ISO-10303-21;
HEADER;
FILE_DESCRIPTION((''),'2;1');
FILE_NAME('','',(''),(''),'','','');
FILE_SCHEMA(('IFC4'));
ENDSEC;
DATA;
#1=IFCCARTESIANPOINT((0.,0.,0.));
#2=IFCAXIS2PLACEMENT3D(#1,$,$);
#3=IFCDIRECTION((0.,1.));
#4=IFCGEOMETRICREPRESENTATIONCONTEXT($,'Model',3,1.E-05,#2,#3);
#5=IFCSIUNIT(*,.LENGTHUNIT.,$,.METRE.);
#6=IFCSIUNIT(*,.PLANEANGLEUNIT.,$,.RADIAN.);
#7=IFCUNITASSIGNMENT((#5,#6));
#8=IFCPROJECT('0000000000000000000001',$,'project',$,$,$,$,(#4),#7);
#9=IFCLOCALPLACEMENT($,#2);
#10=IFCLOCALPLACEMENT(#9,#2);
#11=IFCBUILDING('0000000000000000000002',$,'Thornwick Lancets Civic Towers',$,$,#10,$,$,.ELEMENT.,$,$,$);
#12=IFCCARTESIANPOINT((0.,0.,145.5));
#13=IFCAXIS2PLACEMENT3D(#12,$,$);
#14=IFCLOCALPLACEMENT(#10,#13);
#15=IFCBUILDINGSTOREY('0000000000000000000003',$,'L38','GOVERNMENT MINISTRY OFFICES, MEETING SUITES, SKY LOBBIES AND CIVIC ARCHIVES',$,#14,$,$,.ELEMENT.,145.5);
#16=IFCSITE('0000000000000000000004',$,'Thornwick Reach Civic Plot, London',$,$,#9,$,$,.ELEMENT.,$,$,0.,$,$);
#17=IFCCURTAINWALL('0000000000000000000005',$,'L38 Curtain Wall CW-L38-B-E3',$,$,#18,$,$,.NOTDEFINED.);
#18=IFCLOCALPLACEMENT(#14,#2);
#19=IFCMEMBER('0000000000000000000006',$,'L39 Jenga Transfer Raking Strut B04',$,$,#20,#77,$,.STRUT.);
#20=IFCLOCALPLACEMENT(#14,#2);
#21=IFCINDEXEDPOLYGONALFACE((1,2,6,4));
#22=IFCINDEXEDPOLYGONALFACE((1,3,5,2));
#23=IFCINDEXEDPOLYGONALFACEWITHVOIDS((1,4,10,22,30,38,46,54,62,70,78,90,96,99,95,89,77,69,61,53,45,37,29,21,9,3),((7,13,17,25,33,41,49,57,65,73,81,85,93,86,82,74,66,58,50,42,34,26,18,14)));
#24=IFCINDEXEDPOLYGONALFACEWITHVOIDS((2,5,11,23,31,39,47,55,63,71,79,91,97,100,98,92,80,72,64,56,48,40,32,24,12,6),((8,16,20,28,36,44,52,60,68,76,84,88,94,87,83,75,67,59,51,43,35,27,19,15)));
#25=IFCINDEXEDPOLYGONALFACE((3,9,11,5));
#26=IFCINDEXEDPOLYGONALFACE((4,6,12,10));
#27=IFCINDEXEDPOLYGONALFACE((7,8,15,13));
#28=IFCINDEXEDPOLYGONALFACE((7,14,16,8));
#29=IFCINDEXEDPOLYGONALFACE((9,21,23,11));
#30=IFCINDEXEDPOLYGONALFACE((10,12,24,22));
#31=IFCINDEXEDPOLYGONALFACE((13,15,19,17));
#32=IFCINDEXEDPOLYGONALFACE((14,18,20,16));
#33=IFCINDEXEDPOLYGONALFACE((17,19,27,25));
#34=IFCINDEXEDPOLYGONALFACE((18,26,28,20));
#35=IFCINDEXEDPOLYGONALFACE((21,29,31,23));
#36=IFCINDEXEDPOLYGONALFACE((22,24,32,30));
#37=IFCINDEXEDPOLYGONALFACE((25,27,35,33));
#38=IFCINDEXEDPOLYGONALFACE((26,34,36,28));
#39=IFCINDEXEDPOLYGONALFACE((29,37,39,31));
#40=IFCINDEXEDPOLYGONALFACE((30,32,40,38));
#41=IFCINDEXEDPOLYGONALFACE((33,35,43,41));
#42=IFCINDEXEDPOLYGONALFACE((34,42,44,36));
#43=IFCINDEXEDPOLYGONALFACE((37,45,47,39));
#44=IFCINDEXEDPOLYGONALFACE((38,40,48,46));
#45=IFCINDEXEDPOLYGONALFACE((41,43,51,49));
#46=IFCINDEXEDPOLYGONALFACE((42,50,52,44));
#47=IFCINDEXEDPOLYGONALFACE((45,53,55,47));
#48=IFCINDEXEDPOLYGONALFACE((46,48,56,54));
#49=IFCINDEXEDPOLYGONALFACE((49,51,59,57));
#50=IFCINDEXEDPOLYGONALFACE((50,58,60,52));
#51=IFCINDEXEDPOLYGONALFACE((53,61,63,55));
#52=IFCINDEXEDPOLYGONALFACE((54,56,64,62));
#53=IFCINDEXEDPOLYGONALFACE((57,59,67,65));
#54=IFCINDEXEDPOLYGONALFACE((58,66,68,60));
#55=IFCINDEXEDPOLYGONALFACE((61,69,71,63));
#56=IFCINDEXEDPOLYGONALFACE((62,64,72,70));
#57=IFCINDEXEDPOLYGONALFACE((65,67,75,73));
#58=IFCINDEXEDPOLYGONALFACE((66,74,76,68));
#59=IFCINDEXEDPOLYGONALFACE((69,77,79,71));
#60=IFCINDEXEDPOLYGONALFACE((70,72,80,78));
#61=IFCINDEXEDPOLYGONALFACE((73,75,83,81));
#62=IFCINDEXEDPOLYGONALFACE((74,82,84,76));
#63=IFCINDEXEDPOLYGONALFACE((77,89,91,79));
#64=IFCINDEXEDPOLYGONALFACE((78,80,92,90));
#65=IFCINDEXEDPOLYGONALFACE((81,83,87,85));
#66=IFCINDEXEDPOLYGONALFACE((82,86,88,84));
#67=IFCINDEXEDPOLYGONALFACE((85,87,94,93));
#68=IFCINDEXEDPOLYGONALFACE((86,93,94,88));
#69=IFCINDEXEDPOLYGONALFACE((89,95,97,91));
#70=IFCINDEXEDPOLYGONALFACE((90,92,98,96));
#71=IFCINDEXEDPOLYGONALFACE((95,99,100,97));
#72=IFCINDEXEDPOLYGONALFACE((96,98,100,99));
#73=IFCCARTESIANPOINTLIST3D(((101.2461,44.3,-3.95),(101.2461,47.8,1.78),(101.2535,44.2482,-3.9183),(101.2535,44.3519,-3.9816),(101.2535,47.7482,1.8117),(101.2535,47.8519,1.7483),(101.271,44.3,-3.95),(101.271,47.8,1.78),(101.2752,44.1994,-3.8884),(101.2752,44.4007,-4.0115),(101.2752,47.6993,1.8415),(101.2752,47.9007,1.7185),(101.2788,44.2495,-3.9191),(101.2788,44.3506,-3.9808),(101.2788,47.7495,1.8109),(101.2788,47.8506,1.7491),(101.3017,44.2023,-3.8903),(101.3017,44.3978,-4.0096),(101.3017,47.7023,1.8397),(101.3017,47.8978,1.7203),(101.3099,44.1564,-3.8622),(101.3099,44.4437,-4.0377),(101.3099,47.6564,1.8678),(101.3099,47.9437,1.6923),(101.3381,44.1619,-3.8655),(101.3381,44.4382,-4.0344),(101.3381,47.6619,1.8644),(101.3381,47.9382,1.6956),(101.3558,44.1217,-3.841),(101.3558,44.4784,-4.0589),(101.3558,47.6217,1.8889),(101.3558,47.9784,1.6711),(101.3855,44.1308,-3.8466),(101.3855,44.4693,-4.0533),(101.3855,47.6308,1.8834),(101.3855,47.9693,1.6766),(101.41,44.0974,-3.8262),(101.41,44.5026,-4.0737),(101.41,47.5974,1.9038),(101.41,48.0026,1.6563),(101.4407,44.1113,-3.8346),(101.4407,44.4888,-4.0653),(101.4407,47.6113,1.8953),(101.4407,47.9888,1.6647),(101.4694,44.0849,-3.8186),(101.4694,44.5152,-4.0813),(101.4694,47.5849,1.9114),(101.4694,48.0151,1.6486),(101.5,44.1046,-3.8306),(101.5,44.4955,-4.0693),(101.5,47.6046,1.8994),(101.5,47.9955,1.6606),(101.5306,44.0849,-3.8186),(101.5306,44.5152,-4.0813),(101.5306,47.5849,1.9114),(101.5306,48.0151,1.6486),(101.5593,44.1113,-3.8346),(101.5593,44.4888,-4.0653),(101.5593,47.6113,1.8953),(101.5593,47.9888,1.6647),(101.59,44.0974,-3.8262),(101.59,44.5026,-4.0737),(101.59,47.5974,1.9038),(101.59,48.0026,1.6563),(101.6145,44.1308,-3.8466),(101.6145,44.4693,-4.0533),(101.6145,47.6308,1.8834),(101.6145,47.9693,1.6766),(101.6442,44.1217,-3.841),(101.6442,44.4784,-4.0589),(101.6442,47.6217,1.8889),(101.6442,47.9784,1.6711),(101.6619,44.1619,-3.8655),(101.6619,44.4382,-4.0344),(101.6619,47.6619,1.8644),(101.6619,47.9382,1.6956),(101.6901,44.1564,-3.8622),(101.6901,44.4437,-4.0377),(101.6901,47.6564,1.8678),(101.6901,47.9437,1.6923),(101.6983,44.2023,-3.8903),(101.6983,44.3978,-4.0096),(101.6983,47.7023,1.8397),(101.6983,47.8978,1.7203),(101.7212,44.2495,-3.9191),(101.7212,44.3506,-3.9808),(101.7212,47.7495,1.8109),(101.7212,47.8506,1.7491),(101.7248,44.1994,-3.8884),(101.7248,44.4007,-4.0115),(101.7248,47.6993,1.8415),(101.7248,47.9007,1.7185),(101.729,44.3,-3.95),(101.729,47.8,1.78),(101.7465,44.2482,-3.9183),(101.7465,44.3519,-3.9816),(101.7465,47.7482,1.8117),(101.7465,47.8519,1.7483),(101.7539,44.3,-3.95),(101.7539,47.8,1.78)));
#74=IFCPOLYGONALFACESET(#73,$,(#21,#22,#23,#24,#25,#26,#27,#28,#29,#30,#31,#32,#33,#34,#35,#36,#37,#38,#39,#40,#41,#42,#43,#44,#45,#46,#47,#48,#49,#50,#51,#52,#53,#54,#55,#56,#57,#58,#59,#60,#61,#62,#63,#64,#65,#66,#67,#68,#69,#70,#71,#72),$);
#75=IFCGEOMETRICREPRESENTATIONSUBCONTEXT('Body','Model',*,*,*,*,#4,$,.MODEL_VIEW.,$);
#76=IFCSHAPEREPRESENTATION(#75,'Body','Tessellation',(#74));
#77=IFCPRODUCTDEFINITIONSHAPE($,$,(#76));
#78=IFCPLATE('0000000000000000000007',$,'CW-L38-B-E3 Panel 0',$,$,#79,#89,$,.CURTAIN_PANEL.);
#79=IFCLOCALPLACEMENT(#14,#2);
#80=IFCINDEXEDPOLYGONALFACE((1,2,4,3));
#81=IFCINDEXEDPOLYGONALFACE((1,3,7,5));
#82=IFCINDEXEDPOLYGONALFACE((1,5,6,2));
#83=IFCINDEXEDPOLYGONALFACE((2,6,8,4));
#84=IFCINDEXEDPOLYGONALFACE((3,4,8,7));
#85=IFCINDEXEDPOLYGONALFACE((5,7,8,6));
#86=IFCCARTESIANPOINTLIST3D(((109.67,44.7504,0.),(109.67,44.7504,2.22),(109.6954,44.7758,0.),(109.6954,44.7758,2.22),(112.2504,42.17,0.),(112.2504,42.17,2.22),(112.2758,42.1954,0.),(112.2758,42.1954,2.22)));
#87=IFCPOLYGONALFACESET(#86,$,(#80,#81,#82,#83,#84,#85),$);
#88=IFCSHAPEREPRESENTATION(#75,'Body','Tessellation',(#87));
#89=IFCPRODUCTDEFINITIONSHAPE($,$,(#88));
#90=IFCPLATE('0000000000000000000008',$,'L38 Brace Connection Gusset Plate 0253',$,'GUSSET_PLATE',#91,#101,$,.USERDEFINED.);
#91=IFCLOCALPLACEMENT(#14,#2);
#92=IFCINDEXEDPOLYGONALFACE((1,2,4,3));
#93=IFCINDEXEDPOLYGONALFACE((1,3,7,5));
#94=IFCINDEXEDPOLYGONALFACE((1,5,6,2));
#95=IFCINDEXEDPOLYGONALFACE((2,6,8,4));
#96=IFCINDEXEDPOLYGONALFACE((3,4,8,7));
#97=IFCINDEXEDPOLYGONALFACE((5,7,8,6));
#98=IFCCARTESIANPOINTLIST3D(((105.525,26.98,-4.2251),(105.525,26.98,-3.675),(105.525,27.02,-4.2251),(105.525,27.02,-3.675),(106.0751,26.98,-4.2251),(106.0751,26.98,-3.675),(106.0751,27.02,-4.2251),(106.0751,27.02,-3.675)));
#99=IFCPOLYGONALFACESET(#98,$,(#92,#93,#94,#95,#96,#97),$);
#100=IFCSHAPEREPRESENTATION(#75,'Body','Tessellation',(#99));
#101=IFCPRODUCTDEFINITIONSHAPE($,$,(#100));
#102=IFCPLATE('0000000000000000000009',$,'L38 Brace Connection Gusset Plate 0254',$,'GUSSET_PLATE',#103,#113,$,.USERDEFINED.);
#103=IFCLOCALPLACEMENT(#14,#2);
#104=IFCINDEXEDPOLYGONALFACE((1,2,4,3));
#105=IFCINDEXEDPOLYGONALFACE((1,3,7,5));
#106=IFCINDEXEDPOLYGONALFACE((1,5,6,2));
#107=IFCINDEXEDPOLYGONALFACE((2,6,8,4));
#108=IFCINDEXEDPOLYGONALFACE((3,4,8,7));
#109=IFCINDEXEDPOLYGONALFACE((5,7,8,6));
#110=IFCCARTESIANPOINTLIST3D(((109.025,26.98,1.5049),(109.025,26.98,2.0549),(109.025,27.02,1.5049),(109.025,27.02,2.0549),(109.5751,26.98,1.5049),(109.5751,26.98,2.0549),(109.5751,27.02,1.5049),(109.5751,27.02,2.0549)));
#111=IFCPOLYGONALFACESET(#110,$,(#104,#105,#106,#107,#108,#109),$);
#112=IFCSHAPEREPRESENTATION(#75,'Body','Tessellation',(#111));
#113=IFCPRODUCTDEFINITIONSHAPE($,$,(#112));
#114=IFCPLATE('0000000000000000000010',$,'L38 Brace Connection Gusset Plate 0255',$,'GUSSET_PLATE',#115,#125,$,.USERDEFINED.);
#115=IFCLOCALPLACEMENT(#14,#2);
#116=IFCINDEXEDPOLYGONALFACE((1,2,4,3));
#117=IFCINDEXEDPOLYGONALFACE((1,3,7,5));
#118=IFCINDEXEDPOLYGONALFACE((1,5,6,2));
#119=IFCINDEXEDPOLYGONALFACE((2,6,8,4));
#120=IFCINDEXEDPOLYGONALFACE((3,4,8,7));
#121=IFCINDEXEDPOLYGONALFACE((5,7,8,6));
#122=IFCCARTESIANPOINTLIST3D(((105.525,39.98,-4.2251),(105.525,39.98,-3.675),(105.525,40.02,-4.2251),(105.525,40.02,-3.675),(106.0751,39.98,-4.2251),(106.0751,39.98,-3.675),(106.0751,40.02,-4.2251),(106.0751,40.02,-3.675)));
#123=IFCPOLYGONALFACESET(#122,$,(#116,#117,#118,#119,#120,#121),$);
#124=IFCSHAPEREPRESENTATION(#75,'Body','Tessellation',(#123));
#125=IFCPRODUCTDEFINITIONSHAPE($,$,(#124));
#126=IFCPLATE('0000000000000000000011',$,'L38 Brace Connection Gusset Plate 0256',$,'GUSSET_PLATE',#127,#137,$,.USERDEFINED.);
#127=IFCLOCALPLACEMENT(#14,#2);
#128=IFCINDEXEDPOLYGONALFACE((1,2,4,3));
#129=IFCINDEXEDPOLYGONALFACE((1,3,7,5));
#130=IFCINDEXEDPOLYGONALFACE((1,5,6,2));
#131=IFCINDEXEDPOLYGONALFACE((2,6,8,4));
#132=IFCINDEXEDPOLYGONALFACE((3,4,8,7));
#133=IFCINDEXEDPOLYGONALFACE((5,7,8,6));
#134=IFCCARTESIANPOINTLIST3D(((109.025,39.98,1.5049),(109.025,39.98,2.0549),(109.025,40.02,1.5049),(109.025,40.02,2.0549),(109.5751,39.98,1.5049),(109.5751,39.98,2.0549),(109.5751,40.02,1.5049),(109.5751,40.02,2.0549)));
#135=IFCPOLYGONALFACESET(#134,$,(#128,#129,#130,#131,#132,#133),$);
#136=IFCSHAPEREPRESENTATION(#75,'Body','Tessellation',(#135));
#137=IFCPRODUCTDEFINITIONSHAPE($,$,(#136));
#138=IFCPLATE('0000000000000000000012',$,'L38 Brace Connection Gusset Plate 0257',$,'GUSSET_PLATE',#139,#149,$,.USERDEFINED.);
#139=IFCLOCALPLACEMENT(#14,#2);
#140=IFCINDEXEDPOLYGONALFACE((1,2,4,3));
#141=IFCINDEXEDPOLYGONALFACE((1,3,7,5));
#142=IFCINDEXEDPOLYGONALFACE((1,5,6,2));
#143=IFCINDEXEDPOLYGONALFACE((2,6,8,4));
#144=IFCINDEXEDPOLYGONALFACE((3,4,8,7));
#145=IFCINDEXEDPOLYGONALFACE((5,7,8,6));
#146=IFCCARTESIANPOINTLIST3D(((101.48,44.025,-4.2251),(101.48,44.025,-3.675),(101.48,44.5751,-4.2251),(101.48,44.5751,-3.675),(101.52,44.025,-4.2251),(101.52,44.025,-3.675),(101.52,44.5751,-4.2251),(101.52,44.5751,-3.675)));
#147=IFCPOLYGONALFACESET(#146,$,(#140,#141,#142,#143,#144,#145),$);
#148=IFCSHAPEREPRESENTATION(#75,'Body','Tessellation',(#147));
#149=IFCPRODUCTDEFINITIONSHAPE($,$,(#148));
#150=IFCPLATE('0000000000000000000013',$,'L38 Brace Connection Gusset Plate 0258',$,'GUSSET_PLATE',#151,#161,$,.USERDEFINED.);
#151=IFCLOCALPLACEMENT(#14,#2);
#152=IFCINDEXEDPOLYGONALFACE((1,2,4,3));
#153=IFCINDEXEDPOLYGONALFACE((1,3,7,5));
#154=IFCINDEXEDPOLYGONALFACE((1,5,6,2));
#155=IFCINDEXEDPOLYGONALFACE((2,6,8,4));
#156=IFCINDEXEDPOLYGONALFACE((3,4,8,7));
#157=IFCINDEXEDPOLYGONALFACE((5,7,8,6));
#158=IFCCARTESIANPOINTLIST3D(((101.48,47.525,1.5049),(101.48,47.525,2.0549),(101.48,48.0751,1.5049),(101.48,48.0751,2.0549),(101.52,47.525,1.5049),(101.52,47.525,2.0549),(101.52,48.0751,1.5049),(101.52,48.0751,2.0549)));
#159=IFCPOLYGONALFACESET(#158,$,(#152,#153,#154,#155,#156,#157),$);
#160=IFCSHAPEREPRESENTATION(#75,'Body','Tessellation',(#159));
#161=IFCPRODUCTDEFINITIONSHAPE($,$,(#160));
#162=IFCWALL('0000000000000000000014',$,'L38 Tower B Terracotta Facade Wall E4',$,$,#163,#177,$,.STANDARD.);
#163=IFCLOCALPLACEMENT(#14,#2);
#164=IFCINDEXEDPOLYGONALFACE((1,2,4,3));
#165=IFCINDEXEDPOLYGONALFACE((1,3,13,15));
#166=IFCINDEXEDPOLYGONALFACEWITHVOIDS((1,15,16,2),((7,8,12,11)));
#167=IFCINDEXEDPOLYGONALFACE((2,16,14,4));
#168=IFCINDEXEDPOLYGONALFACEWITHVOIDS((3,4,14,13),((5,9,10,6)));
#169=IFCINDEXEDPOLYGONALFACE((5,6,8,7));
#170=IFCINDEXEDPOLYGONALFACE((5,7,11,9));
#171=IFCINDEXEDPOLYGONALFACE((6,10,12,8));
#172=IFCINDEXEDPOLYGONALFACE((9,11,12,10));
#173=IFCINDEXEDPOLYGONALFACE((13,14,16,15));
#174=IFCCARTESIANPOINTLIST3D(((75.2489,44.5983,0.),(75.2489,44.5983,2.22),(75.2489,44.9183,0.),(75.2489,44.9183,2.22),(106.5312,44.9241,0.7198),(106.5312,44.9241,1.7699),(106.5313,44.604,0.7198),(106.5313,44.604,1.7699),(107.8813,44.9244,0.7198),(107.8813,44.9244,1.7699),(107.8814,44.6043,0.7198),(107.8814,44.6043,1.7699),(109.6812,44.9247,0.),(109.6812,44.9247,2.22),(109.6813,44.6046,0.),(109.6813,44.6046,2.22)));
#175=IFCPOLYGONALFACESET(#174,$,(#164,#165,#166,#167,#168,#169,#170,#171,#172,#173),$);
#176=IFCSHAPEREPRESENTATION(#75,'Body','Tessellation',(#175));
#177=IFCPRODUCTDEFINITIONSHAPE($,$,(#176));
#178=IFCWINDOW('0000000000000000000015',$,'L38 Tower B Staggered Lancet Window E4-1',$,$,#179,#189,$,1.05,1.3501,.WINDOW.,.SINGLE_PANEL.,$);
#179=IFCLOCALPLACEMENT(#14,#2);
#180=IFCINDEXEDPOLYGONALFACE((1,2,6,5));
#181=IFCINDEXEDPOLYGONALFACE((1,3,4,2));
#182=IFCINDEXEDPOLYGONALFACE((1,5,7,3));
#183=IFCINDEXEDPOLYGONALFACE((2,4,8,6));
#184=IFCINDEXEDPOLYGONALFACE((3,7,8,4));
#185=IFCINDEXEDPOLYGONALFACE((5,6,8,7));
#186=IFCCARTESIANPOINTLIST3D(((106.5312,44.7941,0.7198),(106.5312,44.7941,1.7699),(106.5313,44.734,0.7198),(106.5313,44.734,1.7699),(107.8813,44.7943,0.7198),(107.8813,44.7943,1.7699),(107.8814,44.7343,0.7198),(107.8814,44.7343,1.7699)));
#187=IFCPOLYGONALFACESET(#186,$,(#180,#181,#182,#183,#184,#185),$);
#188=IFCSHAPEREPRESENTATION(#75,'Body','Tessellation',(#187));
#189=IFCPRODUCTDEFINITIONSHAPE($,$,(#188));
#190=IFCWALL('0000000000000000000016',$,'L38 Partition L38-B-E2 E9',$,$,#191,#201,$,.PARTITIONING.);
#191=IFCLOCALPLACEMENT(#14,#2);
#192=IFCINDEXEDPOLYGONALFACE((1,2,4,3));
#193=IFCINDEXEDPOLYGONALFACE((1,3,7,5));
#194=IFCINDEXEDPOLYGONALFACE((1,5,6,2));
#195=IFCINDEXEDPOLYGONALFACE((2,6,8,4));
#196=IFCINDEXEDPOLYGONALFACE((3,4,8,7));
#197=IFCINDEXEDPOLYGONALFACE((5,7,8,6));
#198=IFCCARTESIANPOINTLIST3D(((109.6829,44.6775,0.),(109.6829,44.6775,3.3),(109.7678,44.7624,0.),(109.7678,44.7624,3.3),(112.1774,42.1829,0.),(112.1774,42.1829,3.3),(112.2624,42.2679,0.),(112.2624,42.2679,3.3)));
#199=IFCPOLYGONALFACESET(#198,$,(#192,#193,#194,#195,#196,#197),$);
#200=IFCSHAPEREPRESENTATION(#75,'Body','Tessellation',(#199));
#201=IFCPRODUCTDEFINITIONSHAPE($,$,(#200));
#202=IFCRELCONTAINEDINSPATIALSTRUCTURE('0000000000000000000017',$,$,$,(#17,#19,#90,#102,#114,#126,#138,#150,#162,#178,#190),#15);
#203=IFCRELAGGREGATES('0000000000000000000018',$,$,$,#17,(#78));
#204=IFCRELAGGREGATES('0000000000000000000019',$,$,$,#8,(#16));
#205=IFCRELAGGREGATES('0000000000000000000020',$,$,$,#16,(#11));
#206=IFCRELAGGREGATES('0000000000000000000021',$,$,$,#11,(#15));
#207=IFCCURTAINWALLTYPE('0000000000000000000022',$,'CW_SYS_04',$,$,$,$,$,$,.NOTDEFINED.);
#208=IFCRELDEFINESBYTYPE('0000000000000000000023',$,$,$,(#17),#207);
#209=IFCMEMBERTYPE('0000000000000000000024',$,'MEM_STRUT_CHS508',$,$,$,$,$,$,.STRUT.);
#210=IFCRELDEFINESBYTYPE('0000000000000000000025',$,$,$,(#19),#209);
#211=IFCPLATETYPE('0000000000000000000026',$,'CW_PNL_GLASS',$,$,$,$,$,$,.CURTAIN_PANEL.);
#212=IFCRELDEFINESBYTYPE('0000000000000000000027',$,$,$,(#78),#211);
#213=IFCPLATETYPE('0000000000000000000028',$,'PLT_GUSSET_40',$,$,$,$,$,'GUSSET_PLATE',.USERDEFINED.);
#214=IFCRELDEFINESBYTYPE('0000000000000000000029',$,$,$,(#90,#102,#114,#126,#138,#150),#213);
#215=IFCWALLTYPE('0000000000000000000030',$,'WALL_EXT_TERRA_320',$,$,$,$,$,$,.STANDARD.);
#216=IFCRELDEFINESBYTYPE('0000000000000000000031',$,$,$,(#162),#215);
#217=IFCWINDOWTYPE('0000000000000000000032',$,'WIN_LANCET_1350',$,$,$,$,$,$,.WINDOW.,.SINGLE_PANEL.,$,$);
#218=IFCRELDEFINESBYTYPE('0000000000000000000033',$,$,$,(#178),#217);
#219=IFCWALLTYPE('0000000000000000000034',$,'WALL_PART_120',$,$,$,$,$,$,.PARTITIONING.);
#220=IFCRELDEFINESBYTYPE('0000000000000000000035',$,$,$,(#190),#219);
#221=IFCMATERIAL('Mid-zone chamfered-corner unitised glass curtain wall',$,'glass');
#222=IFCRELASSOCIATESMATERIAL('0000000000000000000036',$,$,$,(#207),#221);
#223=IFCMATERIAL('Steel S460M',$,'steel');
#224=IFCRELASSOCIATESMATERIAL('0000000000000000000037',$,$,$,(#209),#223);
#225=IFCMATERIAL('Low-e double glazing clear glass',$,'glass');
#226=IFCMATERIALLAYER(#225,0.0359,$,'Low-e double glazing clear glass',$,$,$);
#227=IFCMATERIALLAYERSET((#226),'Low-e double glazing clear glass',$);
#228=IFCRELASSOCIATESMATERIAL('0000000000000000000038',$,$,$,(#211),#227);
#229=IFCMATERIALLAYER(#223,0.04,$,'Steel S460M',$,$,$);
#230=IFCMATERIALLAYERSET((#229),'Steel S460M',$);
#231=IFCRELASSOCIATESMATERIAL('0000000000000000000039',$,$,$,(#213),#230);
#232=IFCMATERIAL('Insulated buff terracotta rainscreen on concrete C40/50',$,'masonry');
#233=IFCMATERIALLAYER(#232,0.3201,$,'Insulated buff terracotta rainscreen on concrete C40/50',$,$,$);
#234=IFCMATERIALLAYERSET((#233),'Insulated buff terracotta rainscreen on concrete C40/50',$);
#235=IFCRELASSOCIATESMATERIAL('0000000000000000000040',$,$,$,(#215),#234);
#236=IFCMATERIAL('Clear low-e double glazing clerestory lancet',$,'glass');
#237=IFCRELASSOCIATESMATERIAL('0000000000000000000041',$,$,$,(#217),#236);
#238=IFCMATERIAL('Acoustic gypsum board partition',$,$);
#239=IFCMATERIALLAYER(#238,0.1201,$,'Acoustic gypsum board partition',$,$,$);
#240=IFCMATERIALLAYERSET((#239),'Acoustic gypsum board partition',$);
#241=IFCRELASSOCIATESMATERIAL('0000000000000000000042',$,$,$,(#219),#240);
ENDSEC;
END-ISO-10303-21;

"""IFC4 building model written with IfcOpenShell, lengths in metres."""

from ifc_helpers import new_model, si_unit, direction, frame, frame_2d, origin, origin_2d, place, context, subcontext, project, spatial, rectangle, hollow_circle, extrude, material, layer, layer_set, material_profile, profile_set, type_object, element, fill, aggregate, save


model = new_model("IFC4")

# Units and contexts
model_context = context("Model", 3, precision=1e-05, world=origin(), true_north=direction((0.0, 1.0)))
body_context = subcontext(model_context, "Body", "Model", "MODEL_VIEW")
ifc_project = project(units=[si_unit("LENGTHUNIT", "METRE"), si_unit("PLANEANGLEUNIT", "RADIAN")], contexts=[model_context])

# Site, building, storey
site_placement = place(None, origin())
site = spatial("IfcSite", under=ifc_project, at=site_placement, Name="Thornwick Reach Civic Plot, London", CompositionType="ELEMENT", RefElevation=0.0)
building_placement = place(site_placement, origin())
building = spatial("IfcBuilding", under=site, at=building_placement, Name="Thornwick Lancets Civic Towers", CompositionType="ELEMENT")
storey_placement = place(building_placement, frame((0.0, 0.0, 145.5)))
storey = spatial("IfcBuildingStorey", under=building, at=storey_placement, Name="L38", Description="GOVERNMENT MINISTRY OFFICES, MEETING SUITES, SKY LOBBIES AND CIVIC ARCHIVES", CompositionType="ELEMENT", Elevation=145.5)

# Shared definitions
ifc_material_1 = material(Name="Steel S460M", Category="steel")

# Curtain wall
ifc_material_2 = material(Name="Mid-zone chamfered-corner unitised glass curtain wall", Category="glass")
curtain_wall_type = type_object("IfcCurtainWallType", Name="CW_SYS_04", PredefinedType="NOTDEFINED", material=ifc_material_2)
curtain_wall_placement = place(storey_placement, origin())
curtain_wall = element("IfcCurtainWall", 1, at=curtain_wall_placement, inside=storey, type_object=curtain_wall_type, Name="L38 Curtain Wall CW-L38-B-E3", PredefinedType="NOTDEFINED")

# Member
ifc_material_profile_1 = material_profile(ifc_material_1, hollow_circle(Radius=0.2539, WallThickness=0.0249, at=origin_2d()), Name="CHS 508x25")
ifc_profile_set_1 = profile_set([ifc_material_profile_1], Name="Steel S460M")
member_type_1 = type_object("IfcMemberType", Name="MEM_STRUT_CHS508", PredefinedType="STRUT", material=ifc_profile_set_1)
for number, where, z_axis, x_axis, name in (
    (2, (101.5, 44.3, -3.95), (0.0, 0.521271, 0.853391), (-1.0, 0.0, 0.0), "L39 Jenga Transfer Raking Strut B04"),
):
    element("IfcMember", number, at=place(storey_placement, frame(where, z_axis=z_axis, x_axis=x_axis)), inside=storey, type_object=member_type_1, Name=name, PredefinedType="STRUT", context=body_context, shape_type="SweptSolid", body=[
        extrude(hollow_circle(Radius=0.2539, WallThickness=0.0249, at=origin_2d()), origin(), (0.0, 0.0, 1.0), 6.7144),
    ])

# Plate
ifc_material_3 = material(Name="Low-e double glazing clear glass", Category="glass")
ifc_layer_1 = layer(ifc_material_3, 0.0359, Name="Low-e double glazing clear glass")
ifc_layer_set_1 = layer_set([ifc_layer_1], Name="Low-e double glazing clear glass")
plate_type_1 = type_object("IfcPlateType", Name="CW_PNL_GLASS", PredefinedType="CURTAIN_PANEL", material=ifc_layer_set_1)
plate_placement = place(storey_placement, frame((110.9729, 43.4729, 0.0), z_axis=(0.0, 0.0, 1.0), x_axis=(-0.707107, 0.707107, 0.0)))
plate = element("IfcPlate", 3, at=plate_placement, type_object=plate_type_1, Name="CW-L38-B-E3 Panel 0", PredefinedType="CURTAIN_PANEL", context=body_context, shape_type="SweptSolid", body=[
    extrude(rectangle(XDim=3.6492, YDim=0.0359, at=origin_2d()), origin(), (0.0, 0.0, 1.0), 2.22),
])
aggregate(curtain_wall, [plate])

# Plates
ifc_layer_2 = layer(ifc_material_1, 0.04, Name="Steel S460M")
ifc_layer_set_2 = layer_set([ifc_layer_2], Name="Steel S460M")
plate_type_2 = type_object("IfcPlateType", Name="PLT_GUSSET_40", ElementType="GUSSET_PLATE", PredefinedType="USERDEFINED", material=ifc_layer_set_2)
for number, where, z_axis, x_axis, name in (
    (4, (105.8, 27.0, -4.2251), (0.0, 0.0, 1.0), (1.0, 0.0, 0.0), "L38 Brace Connection Gusset Plate 0253"),
    (5, (109.3, 27.0, 1.5049), (0.0, 0.0, 1.0), (1.0, 0.0, 0.0), "L38 Brace Connection Gusset Plate 0254"),
    (6, (105.8, 40.0, -4.2251), (0.0, 0.0, 1.0), (1.0, 0.0, 0.0), "L38 Brace Connection Gusset Plate 0255"),
    (7, (109.3, 40.0, 1.5049), (0.0, 0.0, 1.0), (1.0, 0.0, 0.0), "L38 Brace Connection Gusset Plate 0256"),
    (8, (101.5, 44.3, -4.2251), (0.0, 0.0, 1.0), (0.0, 1.0, 0.0), "L38 Brace Connection Gusset Plate 0257"),
    (9, (101.5, 47.8, 1.5049), (0.0, 0.0, 1.0), (0.0, 1.0, 0.0), "L38 Brace Connection Gusset Plate 0258"),
):
    element("IfcPlate", number, at=place(storey_placement, frame(where, z_axis=z_axis, x_axis=x_axis)), inside=storey, type_object=plate_type_2, Name=name, ObjectType="GUSSET_PLATE", PredefinedType="USERDEFINED", context=body_context, shape_type="SweptSolid", body=[
        extrude(rectangle(XDim=0.55, YDim=0.04, at=origin_2d()), origin(), (0.0, 0.0, 1.0), 0.55),
    ])

# Wall, opening, window
ifc_material_4 = material(Name="Insulated buff terracotta rainscreen on concrete C40/50", Category="masonry")
ifc_layer_3 = layer(ifc_material_4, 0.3201, Name="Insulated buff terracotta rainscreen on concrete C40/50")
ifc_layer_set_3 = layer_set([ifc_layer_3], Name="Insulated buff terracotta rainscreen on concrete C40/50")
wall_type_1 = type_object("IfcWallType", Name="WALL_EXT_TERRA_320", PredefinedType="STANDARD", material=ifc_layer_set_3)
wall_1_placement = place(storey_placement, frame((109.6814, 44.7646, 0.0), z_axis=(0.0, 0.0, 1.0), x_axis=(-1.0, -0.000184, 0.0)))
wall_1 = element("IfcWall", 10, at=wall_1_placement, inside=storey, type_object=wall_type_1, Name="L38 Tower B Terracotta Facade Wall E4", PredefinedType="STANDARD", context=body_context, shape_type="SweptSolid", body=[
    extrude(rectangle(XDim=34.4324, YDim=0.3201, at=frame_2d((17.2163, 0.0))), origin(), (0.0, 0.0, 1.0), 2.22),
])
opening_placement = place(wall_1_placement, frame((1.8, 0.0, 0.72)))
opening = element("IfcOpeningElement", 11, at=opening_placement, cuts=wall_1, PredefinedType="OPENING", context=body_context, shape_type="SweptSolid", body=[
    extrude(rectangle(XDim=1.3501, YDim=1.05, at=frame_2d((0.675, 0.5249))), frame((0.0, 0.1699, 0.0), z_axis=(0.0, -1.0, 0.0), x_axis=(1.0, 0.0, 0.0)), (0.0, 0.0, 1.0), 0.3401),
])
ifc_material_5 = material(Name="Clear low-e double glazing clerestory lancet", Category="glass")
window_type = type_object("IfcWindowType", Name="WIN_LANCET_1350", PartitioningType="SINGLE_PANEL", PredefinedType="WINDOW", material=ifc_material_5)
window_placement = place(opening_placement, origin())
window = element("IfcWindow", 12, at=window_placement, inside=storey, type_object=window_type, Name="L38 Tower B Staggered Lancet Window E4-1", OverallHeight=1.05, OverallWidth=1.3501, PartitioningType="SINGLE_PANEL", PredefinedType="WINDOW", context=body_context, shape_type="SweptSolid", body=[
    extrude(rectangle(XDim=1.3501, YDim=1.05, at=frame_2d((0.675, 0.5249))), frame((0.0, 0.03, 0.0), z_axis=(0.0, -1.0, 0.0), x_axis=(1.0, 0.0, 0.0)), (0.0, 0.0, 1.0), 0.0601),
])
fill(opening, window)

# Wall
ifc_material_6 = material(Name="Acoustic gypsum board partition")
ifc_layer_4 = layer(ifc_material_6, 0.1201, Name="Acoustic gypsum board partition")
ifc_layer_set_4 = layer_set([ifc_layer_4], Name="Acoustic gypsum board partition")
wall_type_2 = type_object("IfcWallType", Name="WALL_PART_120", PredefinedType="PARTITIONING", material=ifc_layer_set_4)
wall_2_placement = place(storey_placement, frame((109.7253, 44.72, 0.0), z_axis=(0.0, 0.0, 1.0), x_axis=(0.707107, -0.707107, 0.0)))
element("IfcWall", 13, at=wall_2_placement, inside=storey, type_object=wall_type_2, Name="L38 Partition L38-B-E2 E9", PredefinedType="PARTITIONING", context=body_context, shape_type="SweptSolid", body=[
    extrude(rectangle(XDim=3.5278, YDim=0.1201, at=frame_2d((1.7639, 0.0))), origin(), (0.0, 0.0, 1.0), 3.3),
])

save(model, "model.ifc")
